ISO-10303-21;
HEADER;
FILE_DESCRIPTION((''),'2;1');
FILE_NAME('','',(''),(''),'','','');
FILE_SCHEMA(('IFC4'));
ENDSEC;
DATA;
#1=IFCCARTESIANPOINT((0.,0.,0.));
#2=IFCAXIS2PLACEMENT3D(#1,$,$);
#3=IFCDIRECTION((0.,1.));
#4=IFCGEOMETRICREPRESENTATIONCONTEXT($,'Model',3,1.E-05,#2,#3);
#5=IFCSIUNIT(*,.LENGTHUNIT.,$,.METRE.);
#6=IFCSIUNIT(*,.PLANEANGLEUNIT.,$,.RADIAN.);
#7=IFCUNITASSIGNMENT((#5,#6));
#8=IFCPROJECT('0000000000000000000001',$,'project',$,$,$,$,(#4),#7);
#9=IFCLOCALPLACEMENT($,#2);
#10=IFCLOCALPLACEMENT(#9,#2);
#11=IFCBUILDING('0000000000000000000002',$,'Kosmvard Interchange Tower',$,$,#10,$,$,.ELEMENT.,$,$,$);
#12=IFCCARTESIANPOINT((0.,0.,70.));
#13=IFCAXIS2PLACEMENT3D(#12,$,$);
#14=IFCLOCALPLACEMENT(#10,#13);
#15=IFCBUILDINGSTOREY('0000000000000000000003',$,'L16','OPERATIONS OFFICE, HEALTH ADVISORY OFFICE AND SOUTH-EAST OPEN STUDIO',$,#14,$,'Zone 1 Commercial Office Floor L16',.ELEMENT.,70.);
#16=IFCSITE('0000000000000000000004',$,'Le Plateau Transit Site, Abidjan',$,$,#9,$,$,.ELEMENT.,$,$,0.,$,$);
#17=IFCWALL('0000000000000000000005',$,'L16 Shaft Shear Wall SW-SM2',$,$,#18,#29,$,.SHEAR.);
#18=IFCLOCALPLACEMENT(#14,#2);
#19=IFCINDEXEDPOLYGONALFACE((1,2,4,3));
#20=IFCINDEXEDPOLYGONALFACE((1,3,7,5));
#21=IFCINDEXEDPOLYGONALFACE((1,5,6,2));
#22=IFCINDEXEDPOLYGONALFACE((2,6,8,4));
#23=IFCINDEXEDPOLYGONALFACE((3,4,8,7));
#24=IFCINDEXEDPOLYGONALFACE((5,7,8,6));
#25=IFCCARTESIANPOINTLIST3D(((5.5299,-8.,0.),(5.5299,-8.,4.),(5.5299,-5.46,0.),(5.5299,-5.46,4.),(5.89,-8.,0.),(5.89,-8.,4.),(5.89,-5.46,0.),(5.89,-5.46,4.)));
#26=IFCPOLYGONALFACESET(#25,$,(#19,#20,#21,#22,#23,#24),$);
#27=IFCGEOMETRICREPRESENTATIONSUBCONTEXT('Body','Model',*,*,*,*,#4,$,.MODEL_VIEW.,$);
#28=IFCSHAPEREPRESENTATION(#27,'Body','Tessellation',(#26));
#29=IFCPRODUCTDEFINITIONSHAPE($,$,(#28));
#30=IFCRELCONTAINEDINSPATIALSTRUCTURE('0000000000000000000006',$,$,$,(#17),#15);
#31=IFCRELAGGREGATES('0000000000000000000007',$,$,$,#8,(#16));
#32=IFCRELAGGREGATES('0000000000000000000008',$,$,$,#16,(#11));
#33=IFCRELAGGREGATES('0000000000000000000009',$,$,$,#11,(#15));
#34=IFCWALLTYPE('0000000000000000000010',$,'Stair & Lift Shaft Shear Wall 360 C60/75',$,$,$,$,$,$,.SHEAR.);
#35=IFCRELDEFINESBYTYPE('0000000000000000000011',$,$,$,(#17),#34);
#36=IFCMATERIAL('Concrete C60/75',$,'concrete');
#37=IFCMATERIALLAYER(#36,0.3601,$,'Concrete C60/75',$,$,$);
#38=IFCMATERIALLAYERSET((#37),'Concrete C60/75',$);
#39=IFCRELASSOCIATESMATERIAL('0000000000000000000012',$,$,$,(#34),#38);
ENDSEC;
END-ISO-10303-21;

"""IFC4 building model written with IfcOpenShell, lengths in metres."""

from ifc_helpers import new_model, si_unit, direction, frame, frame_2d, origin, place, context, subcontext, project, spatial, rectangle, extrude, material, layer, layer_set, type_object, element, save


model = new_model("IFC4")

# Units and contexts
model_context = context("Model", 3, precision=1e-05, world=origin(), true_north=direction((0.0, 1.0)))
body_context = subcontext(model_context, "Body", "Model", "MODEL_VIEW")
ifc_project = project(units=[si_unit("LENGTHUNIT", "METRE"), si_unit("PLANEANGLEUNIT", "RADIAN")], contexts=[model_context])

# Site, building, storey
site_placement = place(None, origin())
site = spatial("IfcSite", under=ifc_project, at=site_placement, Name="Le Plateau Transit Site, Abidjan", CompositionType="ELEMENT", RefElevation=0.0)
building_placement = place(site_placement, origin())
building = spatial("IfcBuilding", under=site, at=building_placement, Name="Kosmvard Interchange Tower", CompositionType="ELEMENT")
storey_placement = place(building_placement, frame((0.0, 0.0, 70.0)))
storey = spatial("IfcBuildingStorey", under=building, at=storey_placement, Name="L16", Description="OPERATIONS OFFICE, HEALTH ADVISORY OFFICE AND SOUTH-EAST OPEN STUDIO", LongName="Zone 1 Commercial Office Floor L16", CompositionType="ELEMENT", Elevation=70.0)

# Shared definitions
ifc_material_1 = material(Name="Concrete C60/75", Category="concrete")
ifc_layer_1 = layer(ifc_material_1, 0.3601, Name="Concrete C60/75")
ifc_layer_set_1 = layer_set([ifc_layer_1], Name="Concrete C60/75")
wall_type_1 = type_object("IfcWallType", Name="Stair & Lift Shaft Shear Wall 360 C60/75", PredefinedType="SHEAR", material=ifc_layer_set_1)

# Wall
wall_1_placement = place(storey_placement, frame((5.71, -8.0, 0.0), z_axis=(0.0, 0.0, 1.0), x_axis=(0.0, 1.0, 0.0)))
element("IfcWall", 1, at=wall_1_placement, inside=storey, type_object=wall_type_1, Name="L16 Shaft Shear Wall SW-SM2", PredefinedType="SHEAR", context=body_context, shape_type="SweptSolid", body=[
    extrude(rectangle(XDim=2.54, YDim=0.3601, at=frame_2d((1.27, 0.0))), origin(), (0.0, 0.0, 1.0), 4.0),
])

save(model, "model.ifc")
